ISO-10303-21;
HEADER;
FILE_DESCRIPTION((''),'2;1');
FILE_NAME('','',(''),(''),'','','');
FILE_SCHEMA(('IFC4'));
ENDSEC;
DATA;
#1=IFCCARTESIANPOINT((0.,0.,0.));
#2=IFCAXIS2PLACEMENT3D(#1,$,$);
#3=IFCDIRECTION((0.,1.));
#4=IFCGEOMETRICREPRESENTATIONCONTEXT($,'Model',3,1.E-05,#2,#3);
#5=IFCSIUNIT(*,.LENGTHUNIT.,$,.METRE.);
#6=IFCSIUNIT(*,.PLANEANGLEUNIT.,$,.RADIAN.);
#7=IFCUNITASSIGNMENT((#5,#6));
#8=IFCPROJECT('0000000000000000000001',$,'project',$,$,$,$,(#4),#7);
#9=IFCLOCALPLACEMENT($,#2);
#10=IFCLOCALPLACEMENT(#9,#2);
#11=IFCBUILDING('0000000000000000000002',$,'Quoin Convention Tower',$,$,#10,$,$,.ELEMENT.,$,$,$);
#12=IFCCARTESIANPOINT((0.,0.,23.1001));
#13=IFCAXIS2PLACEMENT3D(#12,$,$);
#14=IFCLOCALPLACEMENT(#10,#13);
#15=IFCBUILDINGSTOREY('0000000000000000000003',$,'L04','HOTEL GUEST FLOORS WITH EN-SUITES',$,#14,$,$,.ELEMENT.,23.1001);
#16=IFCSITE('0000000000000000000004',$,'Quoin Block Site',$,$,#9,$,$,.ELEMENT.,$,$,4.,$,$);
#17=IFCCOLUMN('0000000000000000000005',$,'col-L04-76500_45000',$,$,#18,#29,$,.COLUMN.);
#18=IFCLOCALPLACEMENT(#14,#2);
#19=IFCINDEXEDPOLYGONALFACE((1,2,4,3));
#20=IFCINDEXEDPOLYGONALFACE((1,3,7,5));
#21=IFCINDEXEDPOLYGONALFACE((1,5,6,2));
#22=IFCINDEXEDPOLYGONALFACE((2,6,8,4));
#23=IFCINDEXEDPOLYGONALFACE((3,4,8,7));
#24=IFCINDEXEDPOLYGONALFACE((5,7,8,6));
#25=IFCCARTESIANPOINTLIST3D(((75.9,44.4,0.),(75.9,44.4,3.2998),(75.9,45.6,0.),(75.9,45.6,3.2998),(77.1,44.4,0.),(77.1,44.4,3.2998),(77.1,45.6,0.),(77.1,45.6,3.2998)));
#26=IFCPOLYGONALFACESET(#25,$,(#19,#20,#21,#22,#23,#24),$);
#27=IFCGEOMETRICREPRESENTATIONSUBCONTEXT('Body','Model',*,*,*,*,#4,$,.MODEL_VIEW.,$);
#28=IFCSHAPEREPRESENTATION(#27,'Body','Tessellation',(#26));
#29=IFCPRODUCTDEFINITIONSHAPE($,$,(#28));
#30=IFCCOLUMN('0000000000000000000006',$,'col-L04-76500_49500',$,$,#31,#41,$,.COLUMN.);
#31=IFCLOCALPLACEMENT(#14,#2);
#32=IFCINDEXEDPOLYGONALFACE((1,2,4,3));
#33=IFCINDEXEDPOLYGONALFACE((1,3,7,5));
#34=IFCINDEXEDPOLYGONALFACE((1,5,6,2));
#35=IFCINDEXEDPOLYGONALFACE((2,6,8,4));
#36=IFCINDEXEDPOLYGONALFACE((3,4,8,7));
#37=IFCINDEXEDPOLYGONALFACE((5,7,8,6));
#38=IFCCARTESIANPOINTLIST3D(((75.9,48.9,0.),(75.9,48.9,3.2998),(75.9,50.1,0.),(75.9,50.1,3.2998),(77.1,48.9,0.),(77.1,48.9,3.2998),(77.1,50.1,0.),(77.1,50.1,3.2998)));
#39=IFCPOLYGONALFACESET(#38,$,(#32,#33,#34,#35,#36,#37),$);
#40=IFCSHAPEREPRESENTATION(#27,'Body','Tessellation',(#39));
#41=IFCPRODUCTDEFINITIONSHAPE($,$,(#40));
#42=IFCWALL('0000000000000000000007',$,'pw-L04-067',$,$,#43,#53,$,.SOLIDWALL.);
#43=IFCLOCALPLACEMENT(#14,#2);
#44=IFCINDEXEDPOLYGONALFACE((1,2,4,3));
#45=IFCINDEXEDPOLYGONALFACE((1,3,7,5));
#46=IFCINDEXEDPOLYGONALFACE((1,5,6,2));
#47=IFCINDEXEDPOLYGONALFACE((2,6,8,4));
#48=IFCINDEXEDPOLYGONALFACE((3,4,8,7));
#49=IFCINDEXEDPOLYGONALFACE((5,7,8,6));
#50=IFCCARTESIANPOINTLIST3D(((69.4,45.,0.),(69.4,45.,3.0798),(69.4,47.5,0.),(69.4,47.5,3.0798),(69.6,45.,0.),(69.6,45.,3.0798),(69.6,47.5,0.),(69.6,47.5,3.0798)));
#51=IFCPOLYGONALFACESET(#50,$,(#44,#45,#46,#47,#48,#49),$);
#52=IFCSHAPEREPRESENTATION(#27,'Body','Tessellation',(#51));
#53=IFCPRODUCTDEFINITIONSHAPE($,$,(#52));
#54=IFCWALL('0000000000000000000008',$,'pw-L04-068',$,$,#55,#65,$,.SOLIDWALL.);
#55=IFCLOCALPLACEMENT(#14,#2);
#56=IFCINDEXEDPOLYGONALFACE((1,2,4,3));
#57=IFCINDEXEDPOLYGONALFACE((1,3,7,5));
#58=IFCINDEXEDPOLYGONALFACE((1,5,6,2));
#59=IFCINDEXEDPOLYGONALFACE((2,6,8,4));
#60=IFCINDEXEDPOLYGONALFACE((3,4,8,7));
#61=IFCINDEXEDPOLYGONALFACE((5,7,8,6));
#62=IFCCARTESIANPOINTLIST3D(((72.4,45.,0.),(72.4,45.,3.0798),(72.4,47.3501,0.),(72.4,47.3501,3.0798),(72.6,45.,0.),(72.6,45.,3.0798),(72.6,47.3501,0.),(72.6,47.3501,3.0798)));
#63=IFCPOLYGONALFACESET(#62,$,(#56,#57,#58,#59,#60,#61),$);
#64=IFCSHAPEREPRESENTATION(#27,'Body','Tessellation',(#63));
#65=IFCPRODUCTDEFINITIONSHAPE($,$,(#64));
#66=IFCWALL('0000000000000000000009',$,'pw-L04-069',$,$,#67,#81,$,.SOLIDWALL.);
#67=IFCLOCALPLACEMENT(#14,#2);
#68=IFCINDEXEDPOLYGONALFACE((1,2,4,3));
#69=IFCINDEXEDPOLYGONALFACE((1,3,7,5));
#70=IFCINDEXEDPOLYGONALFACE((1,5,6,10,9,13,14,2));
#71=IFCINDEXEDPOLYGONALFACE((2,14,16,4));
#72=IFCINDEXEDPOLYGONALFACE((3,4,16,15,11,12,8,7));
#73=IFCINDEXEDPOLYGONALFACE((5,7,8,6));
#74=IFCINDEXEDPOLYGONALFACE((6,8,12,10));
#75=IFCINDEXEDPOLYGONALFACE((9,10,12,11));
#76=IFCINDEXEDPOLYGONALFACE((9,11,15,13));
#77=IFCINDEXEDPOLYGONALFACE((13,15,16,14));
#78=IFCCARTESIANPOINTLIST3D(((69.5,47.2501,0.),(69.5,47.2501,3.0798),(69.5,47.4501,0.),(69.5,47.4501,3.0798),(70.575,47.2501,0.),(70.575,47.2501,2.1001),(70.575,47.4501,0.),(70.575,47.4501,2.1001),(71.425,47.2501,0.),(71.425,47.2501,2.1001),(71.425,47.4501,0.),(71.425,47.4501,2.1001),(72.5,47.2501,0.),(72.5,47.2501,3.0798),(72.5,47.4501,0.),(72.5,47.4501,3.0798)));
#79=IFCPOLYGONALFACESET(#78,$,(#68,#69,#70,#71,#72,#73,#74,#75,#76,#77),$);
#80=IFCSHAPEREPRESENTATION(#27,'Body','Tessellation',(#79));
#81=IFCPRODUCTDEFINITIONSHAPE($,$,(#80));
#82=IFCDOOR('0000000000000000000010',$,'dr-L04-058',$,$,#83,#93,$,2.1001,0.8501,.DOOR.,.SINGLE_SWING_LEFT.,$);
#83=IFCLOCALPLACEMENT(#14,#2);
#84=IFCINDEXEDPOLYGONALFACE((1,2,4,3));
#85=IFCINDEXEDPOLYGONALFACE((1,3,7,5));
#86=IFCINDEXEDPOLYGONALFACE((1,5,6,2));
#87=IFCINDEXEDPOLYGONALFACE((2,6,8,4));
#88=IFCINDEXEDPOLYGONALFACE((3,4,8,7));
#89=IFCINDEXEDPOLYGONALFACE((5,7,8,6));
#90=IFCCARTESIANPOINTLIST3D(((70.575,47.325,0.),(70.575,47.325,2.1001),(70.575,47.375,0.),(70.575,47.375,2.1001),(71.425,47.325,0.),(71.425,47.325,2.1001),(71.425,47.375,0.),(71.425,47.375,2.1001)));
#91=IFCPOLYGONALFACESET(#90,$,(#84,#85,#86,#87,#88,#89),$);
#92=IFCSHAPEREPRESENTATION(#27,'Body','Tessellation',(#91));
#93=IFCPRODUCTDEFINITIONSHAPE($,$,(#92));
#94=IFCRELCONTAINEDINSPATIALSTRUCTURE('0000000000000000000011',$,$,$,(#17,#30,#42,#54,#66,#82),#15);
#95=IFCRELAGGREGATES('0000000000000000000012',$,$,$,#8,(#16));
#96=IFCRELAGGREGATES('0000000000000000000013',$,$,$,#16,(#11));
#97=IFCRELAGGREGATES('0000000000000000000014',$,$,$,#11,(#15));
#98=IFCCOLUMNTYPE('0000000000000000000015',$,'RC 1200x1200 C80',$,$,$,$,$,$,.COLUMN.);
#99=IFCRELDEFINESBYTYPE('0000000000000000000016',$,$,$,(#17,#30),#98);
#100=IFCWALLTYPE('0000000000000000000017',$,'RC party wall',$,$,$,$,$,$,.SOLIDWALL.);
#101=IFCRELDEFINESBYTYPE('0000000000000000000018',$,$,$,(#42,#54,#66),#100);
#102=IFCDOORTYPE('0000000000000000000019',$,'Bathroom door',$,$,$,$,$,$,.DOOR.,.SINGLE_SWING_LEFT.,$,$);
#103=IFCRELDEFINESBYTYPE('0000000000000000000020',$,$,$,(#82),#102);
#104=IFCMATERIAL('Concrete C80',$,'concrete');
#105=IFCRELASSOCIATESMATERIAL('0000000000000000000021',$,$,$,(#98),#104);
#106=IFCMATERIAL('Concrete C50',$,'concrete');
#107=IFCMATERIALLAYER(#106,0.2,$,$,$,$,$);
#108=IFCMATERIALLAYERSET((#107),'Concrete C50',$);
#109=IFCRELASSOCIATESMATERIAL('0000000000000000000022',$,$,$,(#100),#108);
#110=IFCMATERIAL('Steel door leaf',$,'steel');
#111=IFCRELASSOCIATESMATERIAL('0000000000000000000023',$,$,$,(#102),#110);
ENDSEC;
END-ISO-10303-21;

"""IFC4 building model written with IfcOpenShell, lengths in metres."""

from ifc_helpers import new_model, si_unit, direction, frame, frame_2d, origin, origin_2d, place, context, subcontext, project, spatial, rectangle, extrude, material, layer, layer_set, material_profile, profile_set, type_object, element, fill, save


model = new_model("IFC4")

# Units and contexts
model_context = context("Model", 3, precision=1e-05, world=origin(), true_north=direction((0.0, 1.0)))
body_context = subcontext(model_context, "Body", "Model", "MODEL_VIEW")
ifc_project = project(units=[si_unit("LENGTHUNIT", "METRE"), si_unit("PLANEANGLEUNIT", "RADIAN")], contexts=[model_context])

# Site, building, storey
site_placement = place(None, origin())
site = spatial("IfcSite", under=ifc_project, at=site_placement, Name="Quoin Block Site", CompositionType="ELEMENT", RefElevation=4.0)
building_placement = place(site_placement, origin())
building = spatial("IfcBuilding", under=site, at=building_placement, Name="Quoin Convention Tower", CompositionType="ELEMENT")
storey_placement = place(building_placement, frame((0.0, 0.0, 23.1001)))
storey = spatial("IfcBuildingStorey", under=building, at=storey_placement, Name="L04", Description="HOTEL GUEST FLOORS WITH EN-SUITES", CompositionType="ELEMENT", Elevation=23.1001)

# Columns
ifc_material_1 = material(Name="Concrete C80", Category="concrete")
ifc_material_profile = material_profile(ifc_material_1, rectangle(XDim=1.2, YDim=1.2, at=origin_2d()), Name="RC 1200x1200")
ifc_profile_set = profile_set([ifc_material_profile], Name="Concrete C80")
column_type = type_object("IfcColumnType", Name="RC 1200x1200 C80", PredefinedType="COLUMN", material=ifc_profile_set)
for number, where, z_axis, x_axis, name in (
    (1, (76.5, 45.0, 0.0), (0.0, 0.0, 1.0), (1.0, 0.0, 0.0), "col-L04-76500_45000"),
    (2, (76.5, 49.5, 0.0), (0.0, 0.0, 1.0), (1.0, 0.0, 0.0), "col-L04-76500_49500"),
):
    element("IfcColumn", number, at=place(storey_placement, frame(where, z_axis=z_axis, x_axis=x_axis)), inside=storey, type_object=column_type, Name=name, PredefinedType="COLUMN", context=body_context, shape_type="SweptSolid", body=[
        extrude(rectangle(XDim=1.2, YDim=1.2, at=origin_2d()), origin(), (0.0, 0.0, 1.0), 3.2998),
    ])

# Walls
ifc_material_2 = material(Name="Concrete C50", Category="concrete")
ifc_layer_1 = layer(ifc_material_2, 0.2)
ifc_layer_set_1 = layer_set([ifc_layer_1], Name="Concrete C50")
wall_type_1 = type_object("IfcWallType", Name="RC party wall", PredefinedType="SOLIDWALL", material=ifc_layer_set_1)
wall_1_placement = place(storey_placement, frame((69.5, 45.0, 0.0), z_axis=(0.0, 0.0, 1.0), x_axis=(0.0, 1.0, 0.0)))
element("IfcWall", 3, at=wall_1_placement, inside=storey, type_object=wall_type_1, Name="pw-L04-067", PredefinedType="SOLIDWALL", context=body_context, shape_type="SweptSolid", body=[
    extrude(rectangle(XDim=2.5, YDim=0.2, at=frame_2d((1.25, 0.0))), origin(), (0.0, 0.0, 1.0), 3.0798),
])
wall_2_placement = place(storey_placement, frame((72.5, 45.0, 0.0), z_axis=(0.0, 0.0, 1.0), x_axis=(0.0, 1.0, 0.0)))
element("IfcWall", 4, at=wall_2_placement, inside=storey, type_object=wall_type_1, Name="pw-L04-068", PredefinedType="SOLIDWALL", context=body_context, shape_type="SweptSolid", body=[
    extrude(rectangle(XDim=2.3501, YDim=0.2, at=frame_2d((1.175, 0.0))), origin(), (0.0, 0.0, 1.0), 3.0798),
])

# Wall, opening, door
wall_3_placement = place(storey_placement, frame((69.5, 47.3501, 0.0), z_axis=(0.0, 0.0, 1.0), x_axis=(1.0, 0.0, 0.0)))
wall_3 = element("IfcWall", 5, at=wall_3_placement, inside=storey, type_object=wall_type_1, Name="pw-L04-069", PredefinedType="SOLIDWALL", context=body_context, shape_type="SweptSolid", body=[
    extrude(rectangle(XDim=3.0, YDim=0.2, at=frame_2d((1.5, 0.0))), origin(), (0.0, 0.0, 1.0), 3.0798),
])
opening_1_placement = place(wall_3_placement, frame((1.075, 0.0, 0.0)))
opening_1 = element("IfcOpeningElement", 6, at=opening_1_placement, cuts=wall_3, PredefinedType="OPENING", context=body_context, shape_type="SweptSolid", body=[
    extrude(rectangle(XDim=0.8501, YDim=2.1001, at=frame_2d((0.425, 1.05))), frame((0.0, 0.1099, 0.0), z_axis=(0.0, -1.0, 0.0), x_axis=(1.0, 0.0, 0.0)), (0.0, 0.0, 1.0), 0.22),
])
ifc_material_3 = material(Name="Steel door leaf", Category="steel")
door_type_1 = type_object("IfcDoorType", Name="Bathroom door", OperationType="SINGLE_SWING_LEFT", PredefinedType="DOOR", material=ifc_material_3)
door_1_placement = place(opening_1_placement, origin())
door_1 = element("IfcDoor", 7, at=door_1_placement, inside=storey, type_object=door_type_1, Name="dr-L04-058", OperationType="SINGLE_SWING_LEFT", OverallHeight=2.1001, OverallWidth=0.8501, PredefinedType="DOOR", context=body_context, shape_type="SweptSolid", body=[
    extrude(rectangle(XDim=0.8501, YDim=2.1001, at=frame_2d((0.425, 1.05))), frame((0.0, 0.0249, 0.0), z_axis=(0.0, -1.0, 0.0), x_axis=(1.0, 0.0, 0.0)), (0.0, 0.0, 1.0), 0.05),
])
fill(opening_1, door_1)

save(model, "model.ifc")
